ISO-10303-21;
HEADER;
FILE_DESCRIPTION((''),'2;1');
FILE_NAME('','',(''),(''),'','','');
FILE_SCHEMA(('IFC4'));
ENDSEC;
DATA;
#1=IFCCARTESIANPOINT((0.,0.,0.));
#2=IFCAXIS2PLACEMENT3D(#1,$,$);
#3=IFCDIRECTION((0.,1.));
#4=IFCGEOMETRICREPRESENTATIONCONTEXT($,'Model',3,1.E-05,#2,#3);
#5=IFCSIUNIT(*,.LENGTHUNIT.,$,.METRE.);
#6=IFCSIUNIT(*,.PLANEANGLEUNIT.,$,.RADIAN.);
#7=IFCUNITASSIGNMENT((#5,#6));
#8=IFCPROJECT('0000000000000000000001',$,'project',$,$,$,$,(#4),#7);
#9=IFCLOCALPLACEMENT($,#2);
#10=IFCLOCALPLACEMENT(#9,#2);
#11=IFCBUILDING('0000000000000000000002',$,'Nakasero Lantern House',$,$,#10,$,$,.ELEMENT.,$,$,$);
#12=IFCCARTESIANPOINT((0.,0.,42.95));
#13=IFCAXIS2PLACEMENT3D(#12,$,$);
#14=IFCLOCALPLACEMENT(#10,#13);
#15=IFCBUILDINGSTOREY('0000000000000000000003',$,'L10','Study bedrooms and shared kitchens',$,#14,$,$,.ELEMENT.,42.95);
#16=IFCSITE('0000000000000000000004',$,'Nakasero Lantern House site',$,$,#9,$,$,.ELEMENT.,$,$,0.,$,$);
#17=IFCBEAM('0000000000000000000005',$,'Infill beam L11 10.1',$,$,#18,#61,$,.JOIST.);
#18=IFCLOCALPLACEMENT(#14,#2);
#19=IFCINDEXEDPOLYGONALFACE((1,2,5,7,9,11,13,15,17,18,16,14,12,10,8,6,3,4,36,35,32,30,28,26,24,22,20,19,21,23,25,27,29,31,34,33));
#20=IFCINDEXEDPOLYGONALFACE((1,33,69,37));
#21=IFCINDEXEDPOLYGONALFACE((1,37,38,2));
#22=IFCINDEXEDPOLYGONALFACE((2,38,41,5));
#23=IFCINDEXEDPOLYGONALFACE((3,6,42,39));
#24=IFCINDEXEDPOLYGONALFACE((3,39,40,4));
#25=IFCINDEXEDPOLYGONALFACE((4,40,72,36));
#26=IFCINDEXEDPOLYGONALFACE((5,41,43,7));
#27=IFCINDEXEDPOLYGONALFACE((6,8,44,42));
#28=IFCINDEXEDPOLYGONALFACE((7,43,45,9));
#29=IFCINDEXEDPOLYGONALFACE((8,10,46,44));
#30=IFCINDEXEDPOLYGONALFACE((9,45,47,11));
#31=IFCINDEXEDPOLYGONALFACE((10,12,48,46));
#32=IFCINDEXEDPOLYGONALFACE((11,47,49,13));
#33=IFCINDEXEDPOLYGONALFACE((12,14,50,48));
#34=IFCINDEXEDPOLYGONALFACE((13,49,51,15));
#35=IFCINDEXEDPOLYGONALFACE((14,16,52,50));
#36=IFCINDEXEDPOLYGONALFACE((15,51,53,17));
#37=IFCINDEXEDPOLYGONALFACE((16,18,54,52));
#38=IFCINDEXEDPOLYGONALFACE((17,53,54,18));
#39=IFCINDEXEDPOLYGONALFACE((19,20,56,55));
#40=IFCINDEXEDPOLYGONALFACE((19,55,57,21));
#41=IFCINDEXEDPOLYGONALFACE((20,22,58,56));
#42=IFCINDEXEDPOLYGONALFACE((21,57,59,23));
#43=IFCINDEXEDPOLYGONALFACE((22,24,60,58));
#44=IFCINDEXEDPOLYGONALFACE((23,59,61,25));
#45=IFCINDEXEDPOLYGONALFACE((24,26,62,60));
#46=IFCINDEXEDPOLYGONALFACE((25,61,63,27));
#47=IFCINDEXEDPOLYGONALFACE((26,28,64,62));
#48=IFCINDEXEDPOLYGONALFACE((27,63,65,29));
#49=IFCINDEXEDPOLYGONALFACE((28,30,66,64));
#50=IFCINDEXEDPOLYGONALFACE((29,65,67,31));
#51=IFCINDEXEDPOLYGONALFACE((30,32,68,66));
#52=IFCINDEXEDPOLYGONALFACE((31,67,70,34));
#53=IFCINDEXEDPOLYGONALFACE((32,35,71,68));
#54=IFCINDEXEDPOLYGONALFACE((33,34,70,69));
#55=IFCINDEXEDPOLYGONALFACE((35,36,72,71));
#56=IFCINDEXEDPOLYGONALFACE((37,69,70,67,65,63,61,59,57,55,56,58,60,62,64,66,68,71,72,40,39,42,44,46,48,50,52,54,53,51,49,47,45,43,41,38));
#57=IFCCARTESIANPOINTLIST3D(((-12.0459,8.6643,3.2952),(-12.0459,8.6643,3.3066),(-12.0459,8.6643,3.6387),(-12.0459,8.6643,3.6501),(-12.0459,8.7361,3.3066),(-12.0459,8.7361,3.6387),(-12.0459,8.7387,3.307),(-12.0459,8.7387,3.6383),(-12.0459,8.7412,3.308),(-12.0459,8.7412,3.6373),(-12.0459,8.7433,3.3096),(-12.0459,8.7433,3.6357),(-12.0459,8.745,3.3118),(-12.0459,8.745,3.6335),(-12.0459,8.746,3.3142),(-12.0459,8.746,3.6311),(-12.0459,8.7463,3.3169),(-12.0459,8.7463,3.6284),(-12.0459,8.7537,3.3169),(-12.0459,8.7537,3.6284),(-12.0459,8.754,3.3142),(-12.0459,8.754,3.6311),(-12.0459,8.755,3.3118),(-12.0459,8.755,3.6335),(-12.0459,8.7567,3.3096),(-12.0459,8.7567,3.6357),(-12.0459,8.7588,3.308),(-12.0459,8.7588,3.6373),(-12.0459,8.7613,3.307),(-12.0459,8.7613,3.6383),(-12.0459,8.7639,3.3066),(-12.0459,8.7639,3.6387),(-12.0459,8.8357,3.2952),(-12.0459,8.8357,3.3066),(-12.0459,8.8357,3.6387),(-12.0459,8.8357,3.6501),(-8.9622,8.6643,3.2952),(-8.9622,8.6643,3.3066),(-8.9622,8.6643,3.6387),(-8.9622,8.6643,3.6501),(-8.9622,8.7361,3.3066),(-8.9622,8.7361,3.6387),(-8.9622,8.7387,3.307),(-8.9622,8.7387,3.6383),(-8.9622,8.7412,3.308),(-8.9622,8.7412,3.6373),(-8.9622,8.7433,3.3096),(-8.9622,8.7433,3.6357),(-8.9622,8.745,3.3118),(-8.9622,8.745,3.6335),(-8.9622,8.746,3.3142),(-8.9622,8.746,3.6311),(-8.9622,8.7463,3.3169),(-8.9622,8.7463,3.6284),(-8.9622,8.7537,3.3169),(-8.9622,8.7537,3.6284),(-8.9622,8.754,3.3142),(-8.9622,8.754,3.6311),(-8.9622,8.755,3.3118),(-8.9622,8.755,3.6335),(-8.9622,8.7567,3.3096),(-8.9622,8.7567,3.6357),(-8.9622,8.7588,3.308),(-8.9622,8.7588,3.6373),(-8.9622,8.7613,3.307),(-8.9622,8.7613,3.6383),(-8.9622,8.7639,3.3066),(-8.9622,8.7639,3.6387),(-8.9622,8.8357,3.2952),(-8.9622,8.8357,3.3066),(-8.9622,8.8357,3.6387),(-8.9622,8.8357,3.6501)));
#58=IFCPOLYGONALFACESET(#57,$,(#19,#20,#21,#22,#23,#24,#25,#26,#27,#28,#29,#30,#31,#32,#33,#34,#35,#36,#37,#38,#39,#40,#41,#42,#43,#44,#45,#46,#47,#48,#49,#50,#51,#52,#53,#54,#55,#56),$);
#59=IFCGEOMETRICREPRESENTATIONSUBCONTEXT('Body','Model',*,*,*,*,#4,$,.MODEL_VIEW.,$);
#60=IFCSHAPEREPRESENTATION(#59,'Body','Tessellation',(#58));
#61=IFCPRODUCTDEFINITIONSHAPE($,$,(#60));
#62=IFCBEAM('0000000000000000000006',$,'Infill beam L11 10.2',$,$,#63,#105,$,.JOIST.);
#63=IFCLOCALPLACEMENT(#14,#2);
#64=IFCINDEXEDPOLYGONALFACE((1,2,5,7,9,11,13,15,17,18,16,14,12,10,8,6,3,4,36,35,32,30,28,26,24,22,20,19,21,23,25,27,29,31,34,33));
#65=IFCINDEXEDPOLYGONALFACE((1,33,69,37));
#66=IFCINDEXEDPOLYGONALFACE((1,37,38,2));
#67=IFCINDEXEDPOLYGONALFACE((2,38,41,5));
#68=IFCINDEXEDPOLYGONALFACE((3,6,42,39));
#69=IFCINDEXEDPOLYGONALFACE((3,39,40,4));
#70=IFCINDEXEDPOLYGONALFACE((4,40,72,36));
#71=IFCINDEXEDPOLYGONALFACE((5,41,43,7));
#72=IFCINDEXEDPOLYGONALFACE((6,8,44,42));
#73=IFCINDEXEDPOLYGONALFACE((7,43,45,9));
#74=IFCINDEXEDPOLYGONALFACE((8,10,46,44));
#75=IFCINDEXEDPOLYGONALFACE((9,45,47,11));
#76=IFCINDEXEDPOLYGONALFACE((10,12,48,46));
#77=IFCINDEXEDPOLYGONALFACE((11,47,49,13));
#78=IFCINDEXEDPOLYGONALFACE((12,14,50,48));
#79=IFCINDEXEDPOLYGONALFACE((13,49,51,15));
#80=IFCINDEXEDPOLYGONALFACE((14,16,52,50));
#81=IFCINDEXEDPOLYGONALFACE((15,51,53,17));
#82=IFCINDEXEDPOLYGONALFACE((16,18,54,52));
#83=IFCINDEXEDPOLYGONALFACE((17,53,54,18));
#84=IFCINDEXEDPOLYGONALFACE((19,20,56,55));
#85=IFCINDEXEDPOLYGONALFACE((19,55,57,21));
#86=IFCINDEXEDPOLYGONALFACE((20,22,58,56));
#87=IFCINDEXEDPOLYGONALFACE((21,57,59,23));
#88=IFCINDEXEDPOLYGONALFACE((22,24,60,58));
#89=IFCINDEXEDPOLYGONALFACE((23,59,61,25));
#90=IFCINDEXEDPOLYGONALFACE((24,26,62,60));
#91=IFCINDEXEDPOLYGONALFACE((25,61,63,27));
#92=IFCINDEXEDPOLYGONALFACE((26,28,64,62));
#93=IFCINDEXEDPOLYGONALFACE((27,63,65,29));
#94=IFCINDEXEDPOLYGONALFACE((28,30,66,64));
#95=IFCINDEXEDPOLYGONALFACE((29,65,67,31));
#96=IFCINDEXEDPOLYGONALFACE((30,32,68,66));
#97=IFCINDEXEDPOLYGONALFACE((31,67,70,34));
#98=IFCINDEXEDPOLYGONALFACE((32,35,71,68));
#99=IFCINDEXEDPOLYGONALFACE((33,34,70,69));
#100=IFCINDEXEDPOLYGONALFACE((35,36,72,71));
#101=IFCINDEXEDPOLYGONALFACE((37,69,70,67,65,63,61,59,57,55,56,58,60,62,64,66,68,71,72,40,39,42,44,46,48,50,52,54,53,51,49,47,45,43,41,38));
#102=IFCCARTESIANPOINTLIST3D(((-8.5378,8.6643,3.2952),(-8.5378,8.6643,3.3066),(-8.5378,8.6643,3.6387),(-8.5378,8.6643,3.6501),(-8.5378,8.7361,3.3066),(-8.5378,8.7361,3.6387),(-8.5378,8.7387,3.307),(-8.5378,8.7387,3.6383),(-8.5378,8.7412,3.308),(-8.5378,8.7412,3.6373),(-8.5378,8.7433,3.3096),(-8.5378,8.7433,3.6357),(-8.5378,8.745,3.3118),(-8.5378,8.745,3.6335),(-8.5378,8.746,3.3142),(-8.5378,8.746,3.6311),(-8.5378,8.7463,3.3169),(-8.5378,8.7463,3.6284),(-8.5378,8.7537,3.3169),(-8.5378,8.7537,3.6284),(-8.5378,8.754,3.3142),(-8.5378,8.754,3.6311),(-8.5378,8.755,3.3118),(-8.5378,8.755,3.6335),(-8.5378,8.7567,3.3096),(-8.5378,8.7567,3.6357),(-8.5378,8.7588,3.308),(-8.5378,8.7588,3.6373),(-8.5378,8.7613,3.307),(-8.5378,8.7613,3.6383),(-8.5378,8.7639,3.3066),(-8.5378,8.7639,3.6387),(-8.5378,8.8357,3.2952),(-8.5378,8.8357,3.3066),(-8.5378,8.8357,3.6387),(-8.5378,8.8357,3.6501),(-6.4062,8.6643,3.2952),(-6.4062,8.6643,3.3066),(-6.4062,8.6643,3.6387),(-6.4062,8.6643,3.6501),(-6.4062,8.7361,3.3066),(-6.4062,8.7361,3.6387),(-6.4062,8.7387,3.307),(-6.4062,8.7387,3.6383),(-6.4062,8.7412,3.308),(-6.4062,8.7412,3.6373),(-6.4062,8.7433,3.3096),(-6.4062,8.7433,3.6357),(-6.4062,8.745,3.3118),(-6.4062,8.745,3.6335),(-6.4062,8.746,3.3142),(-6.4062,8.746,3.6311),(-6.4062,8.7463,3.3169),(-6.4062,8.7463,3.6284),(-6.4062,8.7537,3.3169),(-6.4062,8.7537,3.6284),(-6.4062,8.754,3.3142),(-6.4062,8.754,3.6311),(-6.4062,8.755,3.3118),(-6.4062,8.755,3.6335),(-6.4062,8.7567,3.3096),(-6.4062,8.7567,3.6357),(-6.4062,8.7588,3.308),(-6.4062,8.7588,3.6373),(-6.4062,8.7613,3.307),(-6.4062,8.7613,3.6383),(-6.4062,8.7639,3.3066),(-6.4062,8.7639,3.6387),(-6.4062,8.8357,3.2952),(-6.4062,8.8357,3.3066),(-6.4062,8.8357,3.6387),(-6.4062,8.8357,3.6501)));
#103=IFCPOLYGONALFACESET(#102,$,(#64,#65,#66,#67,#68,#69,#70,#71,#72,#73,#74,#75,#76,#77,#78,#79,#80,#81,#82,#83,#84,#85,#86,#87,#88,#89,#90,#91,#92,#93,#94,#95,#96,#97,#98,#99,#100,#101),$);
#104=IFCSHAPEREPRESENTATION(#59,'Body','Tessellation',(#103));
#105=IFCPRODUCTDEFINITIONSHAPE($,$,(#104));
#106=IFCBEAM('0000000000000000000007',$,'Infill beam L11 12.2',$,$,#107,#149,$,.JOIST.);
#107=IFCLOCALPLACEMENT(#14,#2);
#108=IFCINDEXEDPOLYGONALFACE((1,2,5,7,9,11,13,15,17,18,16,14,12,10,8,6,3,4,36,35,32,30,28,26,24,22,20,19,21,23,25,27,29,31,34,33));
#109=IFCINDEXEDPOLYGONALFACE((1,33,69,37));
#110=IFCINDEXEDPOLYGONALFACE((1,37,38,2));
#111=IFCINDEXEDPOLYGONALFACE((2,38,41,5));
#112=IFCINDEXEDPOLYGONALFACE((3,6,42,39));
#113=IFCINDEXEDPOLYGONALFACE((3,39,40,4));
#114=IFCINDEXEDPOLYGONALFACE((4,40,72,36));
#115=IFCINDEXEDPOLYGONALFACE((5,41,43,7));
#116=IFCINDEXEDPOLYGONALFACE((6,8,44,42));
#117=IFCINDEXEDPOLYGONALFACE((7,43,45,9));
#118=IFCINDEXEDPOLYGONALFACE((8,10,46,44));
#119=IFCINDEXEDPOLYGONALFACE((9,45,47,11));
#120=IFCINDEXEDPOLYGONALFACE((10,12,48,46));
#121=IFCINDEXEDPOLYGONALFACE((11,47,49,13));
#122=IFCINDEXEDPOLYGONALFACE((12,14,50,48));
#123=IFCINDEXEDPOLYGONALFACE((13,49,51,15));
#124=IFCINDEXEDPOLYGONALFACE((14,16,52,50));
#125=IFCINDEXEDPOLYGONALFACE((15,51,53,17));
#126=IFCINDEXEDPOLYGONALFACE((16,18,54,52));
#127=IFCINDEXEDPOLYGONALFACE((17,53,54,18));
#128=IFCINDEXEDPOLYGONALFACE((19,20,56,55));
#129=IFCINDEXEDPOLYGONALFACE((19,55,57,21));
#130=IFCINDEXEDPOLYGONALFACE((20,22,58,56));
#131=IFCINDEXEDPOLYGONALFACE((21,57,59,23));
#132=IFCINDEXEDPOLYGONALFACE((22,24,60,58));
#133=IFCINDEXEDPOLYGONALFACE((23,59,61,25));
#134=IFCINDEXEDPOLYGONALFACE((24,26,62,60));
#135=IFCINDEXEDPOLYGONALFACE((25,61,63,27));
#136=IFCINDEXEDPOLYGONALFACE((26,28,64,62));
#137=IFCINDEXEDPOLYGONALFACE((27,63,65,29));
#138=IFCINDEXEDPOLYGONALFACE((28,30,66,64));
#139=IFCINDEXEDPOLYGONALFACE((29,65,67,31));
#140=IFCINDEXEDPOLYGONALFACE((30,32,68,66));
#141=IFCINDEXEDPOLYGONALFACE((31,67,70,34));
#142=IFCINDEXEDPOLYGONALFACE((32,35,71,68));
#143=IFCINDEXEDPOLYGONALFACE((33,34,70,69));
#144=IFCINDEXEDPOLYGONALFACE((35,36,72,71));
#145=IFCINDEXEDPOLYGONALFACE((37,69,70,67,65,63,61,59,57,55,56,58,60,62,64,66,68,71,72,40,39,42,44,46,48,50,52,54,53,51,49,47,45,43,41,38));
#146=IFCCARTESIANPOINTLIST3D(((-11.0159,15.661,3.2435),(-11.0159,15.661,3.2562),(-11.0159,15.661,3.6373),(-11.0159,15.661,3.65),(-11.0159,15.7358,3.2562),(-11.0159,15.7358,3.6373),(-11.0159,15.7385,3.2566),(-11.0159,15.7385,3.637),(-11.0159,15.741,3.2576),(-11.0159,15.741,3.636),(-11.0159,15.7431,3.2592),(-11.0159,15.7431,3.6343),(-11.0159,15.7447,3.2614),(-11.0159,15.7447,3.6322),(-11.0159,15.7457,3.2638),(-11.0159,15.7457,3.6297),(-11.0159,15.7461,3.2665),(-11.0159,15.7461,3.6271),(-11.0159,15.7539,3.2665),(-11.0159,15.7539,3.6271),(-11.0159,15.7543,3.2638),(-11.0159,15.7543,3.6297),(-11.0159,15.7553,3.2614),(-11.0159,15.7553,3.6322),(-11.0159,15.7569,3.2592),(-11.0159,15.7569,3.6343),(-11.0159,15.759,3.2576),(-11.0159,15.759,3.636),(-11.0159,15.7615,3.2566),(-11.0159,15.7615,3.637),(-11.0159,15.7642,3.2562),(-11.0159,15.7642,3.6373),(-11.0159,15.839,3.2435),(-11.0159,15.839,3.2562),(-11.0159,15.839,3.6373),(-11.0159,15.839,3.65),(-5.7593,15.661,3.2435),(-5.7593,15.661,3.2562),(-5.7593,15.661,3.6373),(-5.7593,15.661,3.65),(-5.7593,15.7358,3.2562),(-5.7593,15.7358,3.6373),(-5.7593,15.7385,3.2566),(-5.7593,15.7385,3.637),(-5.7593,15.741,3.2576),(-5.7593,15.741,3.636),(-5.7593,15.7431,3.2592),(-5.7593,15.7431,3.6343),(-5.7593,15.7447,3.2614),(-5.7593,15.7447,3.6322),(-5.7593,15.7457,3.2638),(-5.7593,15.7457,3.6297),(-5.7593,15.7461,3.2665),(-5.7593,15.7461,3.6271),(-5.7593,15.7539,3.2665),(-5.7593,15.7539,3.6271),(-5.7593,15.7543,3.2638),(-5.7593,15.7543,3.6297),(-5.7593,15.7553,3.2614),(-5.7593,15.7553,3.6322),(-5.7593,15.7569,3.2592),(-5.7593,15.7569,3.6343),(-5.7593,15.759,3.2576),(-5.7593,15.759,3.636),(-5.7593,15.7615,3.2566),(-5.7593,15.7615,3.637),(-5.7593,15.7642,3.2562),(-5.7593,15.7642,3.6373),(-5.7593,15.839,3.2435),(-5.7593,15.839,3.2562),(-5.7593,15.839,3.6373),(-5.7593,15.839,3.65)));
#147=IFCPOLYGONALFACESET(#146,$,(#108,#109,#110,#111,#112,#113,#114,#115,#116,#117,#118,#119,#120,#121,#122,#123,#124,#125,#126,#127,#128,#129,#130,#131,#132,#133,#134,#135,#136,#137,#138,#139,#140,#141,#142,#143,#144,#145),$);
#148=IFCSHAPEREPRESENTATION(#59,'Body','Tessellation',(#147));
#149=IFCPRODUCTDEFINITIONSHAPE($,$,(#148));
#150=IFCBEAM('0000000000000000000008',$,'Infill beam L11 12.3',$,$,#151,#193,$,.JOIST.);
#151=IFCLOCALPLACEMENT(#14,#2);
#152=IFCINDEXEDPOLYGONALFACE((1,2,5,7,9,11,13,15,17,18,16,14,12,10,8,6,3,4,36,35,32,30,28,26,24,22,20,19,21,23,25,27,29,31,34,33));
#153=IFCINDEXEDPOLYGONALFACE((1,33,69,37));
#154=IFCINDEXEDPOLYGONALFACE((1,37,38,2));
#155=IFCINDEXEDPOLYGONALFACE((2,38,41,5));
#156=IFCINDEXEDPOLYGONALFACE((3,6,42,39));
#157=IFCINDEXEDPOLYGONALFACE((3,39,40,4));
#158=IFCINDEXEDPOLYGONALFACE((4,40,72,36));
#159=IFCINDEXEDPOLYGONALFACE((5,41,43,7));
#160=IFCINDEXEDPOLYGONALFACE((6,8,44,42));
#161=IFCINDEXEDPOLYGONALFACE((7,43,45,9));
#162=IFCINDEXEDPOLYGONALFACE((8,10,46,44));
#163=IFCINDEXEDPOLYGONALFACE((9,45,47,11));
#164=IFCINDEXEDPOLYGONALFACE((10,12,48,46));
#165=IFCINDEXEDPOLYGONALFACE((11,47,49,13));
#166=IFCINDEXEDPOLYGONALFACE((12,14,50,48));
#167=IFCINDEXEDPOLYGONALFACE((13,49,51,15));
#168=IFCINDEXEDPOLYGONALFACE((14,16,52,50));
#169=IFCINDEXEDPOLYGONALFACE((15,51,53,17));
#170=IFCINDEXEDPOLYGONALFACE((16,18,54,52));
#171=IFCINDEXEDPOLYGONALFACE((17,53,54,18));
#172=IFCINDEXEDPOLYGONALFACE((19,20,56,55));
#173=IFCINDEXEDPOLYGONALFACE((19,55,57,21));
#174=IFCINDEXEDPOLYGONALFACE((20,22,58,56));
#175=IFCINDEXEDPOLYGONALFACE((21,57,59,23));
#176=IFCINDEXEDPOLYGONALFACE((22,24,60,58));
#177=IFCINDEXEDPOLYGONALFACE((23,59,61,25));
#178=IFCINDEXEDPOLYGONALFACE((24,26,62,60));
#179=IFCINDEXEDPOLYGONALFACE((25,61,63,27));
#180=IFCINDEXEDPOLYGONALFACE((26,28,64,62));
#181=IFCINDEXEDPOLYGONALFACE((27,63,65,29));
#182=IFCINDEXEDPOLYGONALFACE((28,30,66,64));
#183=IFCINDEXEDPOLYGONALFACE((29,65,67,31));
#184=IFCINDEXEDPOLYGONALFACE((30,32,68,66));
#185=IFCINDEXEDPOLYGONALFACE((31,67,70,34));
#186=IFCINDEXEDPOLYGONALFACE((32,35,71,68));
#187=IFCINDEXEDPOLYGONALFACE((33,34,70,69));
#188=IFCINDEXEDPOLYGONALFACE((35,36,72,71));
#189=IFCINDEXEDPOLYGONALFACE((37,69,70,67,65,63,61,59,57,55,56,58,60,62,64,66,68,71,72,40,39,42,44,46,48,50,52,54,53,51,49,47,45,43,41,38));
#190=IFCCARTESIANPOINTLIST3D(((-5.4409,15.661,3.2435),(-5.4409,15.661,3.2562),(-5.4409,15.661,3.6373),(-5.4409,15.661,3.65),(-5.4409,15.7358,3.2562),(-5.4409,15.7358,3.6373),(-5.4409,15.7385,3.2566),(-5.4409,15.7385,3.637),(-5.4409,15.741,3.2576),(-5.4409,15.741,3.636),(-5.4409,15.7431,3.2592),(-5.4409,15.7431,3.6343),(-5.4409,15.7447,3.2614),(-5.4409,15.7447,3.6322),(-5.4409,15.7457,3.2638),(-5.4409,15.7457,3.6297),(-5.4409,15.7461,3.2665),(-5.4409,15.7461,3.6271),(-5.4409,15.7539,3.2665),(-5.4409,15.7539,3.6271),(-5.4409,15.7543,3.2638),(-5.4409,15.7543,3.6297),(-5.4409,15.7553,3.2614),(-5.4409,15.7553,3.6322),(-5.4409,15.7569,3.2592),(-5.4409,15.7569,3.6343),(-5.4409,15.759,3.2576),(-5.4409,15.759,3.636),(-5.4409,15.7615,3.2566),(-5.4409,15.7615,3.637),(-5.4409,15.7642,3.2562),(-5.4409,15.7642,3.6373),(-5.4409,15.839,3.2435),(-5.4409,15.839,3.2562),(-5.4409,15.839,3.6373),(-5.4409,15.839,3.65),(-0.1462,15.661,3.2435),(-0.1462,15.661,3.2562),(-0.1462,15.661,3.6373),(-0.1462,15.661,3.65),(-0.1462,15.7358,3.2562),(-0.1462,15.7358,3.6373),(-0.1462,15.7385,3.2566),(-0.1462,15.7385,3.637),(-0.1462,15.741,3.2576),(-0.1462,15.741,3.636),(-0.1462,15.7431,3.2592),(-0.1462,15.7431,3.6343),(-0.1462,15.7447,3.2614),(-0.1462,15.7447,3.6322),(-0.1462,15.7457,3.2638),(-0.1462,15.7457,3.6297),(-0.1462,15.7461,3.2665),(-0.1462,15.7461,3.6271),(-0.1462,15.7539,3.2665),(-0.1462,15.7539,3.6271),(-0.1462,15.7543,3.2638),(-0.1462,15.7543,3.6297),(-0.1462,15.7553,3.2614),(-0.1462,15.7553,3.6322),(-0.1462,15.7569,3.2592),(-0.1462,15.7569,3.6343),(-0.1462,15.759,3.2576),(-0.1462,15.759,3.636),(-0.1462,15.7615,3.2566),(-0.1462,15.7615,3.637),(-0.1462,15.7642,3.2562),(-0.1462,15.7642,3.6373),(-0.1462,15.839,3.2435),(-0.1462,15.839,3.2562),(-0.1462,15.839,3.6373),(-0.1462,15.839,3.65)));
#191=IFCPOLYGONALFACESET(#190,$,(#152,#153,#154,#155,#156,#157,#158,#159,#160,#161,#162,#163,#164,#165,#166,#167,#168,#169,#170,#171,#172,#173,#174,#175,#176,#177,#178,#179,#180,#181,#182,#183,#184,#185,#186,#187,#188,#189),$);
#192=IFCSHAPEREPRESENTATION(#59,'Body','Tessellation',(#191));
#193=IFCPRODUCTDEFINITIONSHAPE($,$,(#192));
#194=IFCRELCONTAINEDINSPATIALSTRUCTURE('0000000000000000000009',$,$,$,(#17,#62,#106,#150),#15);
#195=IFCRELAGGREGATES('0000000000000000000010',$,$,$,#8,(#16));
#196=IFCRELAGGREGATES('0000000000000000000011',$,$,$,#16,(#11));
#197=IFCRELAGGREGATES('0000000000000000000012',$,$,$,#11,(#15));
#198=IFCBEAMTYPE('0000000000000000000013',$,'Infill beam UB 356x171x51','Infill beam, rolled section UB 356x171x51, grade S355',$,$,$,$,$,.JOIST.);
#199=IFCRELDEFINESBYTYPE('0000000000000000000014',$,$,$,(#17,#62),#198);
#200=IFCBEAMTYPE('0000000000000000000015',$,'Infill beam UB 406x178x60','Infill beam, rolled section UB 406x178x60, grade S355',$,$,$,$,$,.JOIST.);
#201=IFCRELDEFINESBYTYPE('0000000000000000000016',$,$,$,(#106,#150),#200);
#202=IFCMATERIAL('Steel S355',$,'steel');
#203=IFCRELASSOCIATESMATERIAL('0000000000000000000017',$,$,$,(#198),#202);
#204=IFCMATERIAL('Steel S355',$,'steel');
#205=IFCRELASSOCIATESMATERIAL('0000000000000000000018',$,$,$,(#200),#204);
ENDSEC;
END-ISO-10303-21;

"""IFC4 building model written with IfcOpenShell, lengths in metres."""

from ifc_helpers import new_model, si_unit, direction, frame, origin, origin_2d, place, context, subcontext, project, spatial, i_section, extrude, material, material_profile, profile_set, type_object, element, save


model = new_model("IFC4")

# Units and contexts
model_context = context("Model", 3, precision=1e-05, world=origin(), true_north=direction((0.0, 1.0)))
body_context = subcontext(model_context, "Body", "Model", "MODEL_VIEW")
ifc_project = project(units=[si_unit("LENGTHUNIT", "METRE"), si_unit("PLANEANGLEUNIT", "RADIAN")], contexts=[model_context])

# Site, building, storey
site_placement = place(None, origin())
site = spatial("IfcSite", under=ifc_project, at=site_placement, Name="Nakasero Lantern House site", CompositionType="ELEMENT", RefElevation=0.0)
building_placement = place(site_placement, origin())
building = spatial("IfcBuilding", under=site, at=building_placement, Name="Nakasero Lantern House", CompositionType="ELEMENT")
storey_placement = place(building_placement, frame((0.0, 0.0, 42.95)))
storey = spatial("IfcBuildingStorey", under=building, at=storey_placement, Name="L10", Description="Study bedrooms and shared kitchens", CompositionType="ELEMENT", Elevation=42.95)

# Beams
ifc_material_1 = material(Name="Steel S355", Category="steel")
ifc_material_profile_1 = material_profile(ifc_material_1, i_section(OverallWidth=0.1714, OverallDepth=0.355, WebThickness=0.0073, FlangeThickness=0.0115, FilletRadius=0.0103, at=origin_2d()), Name="UB 356x171x51")
ifc_profile_set_1 = profile_set([ifc_material_profile_1], Name="Steel S355")
beam_type_1 = type_object("IfcBeamType", Name="Infill beam UB 356x171x51", Description="Infill beam, rolled section UB 356x171x51, grade S355", PredefinedType="JOIST", material=ifc_profile_set_1)
beam_1_placement = place(storey_placement, frame((-12.0459, 8.75, 3.4727), z_axis=(1.0, 0.0, 0.0), x_axis=(0.0, 1.0, 0.0)))
element("IfcBeam", 1, at=beam_1_placement, inside=storey, type_object=beam_type_1, Name="Infill beam L11 10.1", PredefinedType="JOIST", context=body_context, shape_type="SweptSolid", body=[
    extrude(i_section(OverallWidth=0.1714, OverallDepth=0.355, WebThickness=0.0073, FlangeThickness=0.0115, FilletRadius=0.0103, at=origin_2d()), origin(), (0.0, 0.0, 1.0), 3.0837),
])
beam_2_placement = place(storey_placement, frame((-8.5378, 8.75, 3.4727), z_axis=(1.0, 0.0, 0.0), x_axis=(0.0, 1.0, 0.0)))
element("IfcBeam", 2, at=beam_2_placement, inside=storey, type_object=beam_type_1, Name="Infill beam L11 10.2", PredefinedType="JOIST", context=body_context, shape_type="SweptSolid", body=[
    extrude(i_section(OverallWidth=0.1714, OverallDepth=0.355, WebThickness=0.0073, FlangeThickness=0.0115, FilletRadius=0.0103, at=origin_2d()), origin(), (0.0, 0.0, 1.0), 2.1316),
])
ifc_material_2 = material(Name="Steel S355", Category="steel")
ifc_material_profile_2 = material_profile(ifc_material_2, i_section(OverallWidth=0.178, OverallDepth=0.4065, WebThickness=0.0078, FlangeThickness=0.0127, FilletRadius=0.0103, at=origin_2d()), Name="UB 406x178x60")
ifc_profile_set_2 = profile_set([ifc_material_profile_2], Name="Steel S355")
beam_type_2 = type_object("IfcBeamType", Name="Infill beam UB 406x178x60", Description="Infill beam, rolled section UB 406x178x60, grade S355", PredefinedType="JOIST", material=ifc_profile_set_2)
beam_3_placement = place(storey_placement, frame((-11.0159, 15.75, 3.4468), z_axis=(1.0, 0.0, 0.0), x_axis=(0.0, 1.0, 0.0)))
element("IfcBeam", 3, at=beam_3_placement, inside=storey, type_object=beam_type_2, Name="Infill beam L11 12.2", PredefinedType="JOIST", context=body_context, shape_type="SweptSolid", body=[
    extrude(i_section(OverallWidth=0.178, OverallDepth=0.4065, WebThickness=0.0078, FlangeThickness=0.0127, FilletRadius=0.0103, at=origin_2d()), origin(), (0.0, 0.0, 1.0), 5.2566),
])
beam_4_placement = place(storey_placement, frame((-5.4409, 15.75, 3.4468), z_axis=(1.0, 0.0, 0.0), x_axis=(0.0, 1.0, 0.0)))
element("IfcBeam", 4, at=beam_4_placement, inside=storey, type_object=beam_type_2, Name="Infill beam L11 12.3", PredefinedType="JOIST", context=body_context, shape_type="SweptSolid", body=[
    extrude(i_section(OverallWidth=0.178, OverallDepth=0.4065, WebThickness=0.0078, FlangeThickness=0.0127, FilletRadius=0.0103, at=origin_2d()), origin(), (0.0, 0.0, 1.0), 5.2947),
])

save(model, "model.ifc")
